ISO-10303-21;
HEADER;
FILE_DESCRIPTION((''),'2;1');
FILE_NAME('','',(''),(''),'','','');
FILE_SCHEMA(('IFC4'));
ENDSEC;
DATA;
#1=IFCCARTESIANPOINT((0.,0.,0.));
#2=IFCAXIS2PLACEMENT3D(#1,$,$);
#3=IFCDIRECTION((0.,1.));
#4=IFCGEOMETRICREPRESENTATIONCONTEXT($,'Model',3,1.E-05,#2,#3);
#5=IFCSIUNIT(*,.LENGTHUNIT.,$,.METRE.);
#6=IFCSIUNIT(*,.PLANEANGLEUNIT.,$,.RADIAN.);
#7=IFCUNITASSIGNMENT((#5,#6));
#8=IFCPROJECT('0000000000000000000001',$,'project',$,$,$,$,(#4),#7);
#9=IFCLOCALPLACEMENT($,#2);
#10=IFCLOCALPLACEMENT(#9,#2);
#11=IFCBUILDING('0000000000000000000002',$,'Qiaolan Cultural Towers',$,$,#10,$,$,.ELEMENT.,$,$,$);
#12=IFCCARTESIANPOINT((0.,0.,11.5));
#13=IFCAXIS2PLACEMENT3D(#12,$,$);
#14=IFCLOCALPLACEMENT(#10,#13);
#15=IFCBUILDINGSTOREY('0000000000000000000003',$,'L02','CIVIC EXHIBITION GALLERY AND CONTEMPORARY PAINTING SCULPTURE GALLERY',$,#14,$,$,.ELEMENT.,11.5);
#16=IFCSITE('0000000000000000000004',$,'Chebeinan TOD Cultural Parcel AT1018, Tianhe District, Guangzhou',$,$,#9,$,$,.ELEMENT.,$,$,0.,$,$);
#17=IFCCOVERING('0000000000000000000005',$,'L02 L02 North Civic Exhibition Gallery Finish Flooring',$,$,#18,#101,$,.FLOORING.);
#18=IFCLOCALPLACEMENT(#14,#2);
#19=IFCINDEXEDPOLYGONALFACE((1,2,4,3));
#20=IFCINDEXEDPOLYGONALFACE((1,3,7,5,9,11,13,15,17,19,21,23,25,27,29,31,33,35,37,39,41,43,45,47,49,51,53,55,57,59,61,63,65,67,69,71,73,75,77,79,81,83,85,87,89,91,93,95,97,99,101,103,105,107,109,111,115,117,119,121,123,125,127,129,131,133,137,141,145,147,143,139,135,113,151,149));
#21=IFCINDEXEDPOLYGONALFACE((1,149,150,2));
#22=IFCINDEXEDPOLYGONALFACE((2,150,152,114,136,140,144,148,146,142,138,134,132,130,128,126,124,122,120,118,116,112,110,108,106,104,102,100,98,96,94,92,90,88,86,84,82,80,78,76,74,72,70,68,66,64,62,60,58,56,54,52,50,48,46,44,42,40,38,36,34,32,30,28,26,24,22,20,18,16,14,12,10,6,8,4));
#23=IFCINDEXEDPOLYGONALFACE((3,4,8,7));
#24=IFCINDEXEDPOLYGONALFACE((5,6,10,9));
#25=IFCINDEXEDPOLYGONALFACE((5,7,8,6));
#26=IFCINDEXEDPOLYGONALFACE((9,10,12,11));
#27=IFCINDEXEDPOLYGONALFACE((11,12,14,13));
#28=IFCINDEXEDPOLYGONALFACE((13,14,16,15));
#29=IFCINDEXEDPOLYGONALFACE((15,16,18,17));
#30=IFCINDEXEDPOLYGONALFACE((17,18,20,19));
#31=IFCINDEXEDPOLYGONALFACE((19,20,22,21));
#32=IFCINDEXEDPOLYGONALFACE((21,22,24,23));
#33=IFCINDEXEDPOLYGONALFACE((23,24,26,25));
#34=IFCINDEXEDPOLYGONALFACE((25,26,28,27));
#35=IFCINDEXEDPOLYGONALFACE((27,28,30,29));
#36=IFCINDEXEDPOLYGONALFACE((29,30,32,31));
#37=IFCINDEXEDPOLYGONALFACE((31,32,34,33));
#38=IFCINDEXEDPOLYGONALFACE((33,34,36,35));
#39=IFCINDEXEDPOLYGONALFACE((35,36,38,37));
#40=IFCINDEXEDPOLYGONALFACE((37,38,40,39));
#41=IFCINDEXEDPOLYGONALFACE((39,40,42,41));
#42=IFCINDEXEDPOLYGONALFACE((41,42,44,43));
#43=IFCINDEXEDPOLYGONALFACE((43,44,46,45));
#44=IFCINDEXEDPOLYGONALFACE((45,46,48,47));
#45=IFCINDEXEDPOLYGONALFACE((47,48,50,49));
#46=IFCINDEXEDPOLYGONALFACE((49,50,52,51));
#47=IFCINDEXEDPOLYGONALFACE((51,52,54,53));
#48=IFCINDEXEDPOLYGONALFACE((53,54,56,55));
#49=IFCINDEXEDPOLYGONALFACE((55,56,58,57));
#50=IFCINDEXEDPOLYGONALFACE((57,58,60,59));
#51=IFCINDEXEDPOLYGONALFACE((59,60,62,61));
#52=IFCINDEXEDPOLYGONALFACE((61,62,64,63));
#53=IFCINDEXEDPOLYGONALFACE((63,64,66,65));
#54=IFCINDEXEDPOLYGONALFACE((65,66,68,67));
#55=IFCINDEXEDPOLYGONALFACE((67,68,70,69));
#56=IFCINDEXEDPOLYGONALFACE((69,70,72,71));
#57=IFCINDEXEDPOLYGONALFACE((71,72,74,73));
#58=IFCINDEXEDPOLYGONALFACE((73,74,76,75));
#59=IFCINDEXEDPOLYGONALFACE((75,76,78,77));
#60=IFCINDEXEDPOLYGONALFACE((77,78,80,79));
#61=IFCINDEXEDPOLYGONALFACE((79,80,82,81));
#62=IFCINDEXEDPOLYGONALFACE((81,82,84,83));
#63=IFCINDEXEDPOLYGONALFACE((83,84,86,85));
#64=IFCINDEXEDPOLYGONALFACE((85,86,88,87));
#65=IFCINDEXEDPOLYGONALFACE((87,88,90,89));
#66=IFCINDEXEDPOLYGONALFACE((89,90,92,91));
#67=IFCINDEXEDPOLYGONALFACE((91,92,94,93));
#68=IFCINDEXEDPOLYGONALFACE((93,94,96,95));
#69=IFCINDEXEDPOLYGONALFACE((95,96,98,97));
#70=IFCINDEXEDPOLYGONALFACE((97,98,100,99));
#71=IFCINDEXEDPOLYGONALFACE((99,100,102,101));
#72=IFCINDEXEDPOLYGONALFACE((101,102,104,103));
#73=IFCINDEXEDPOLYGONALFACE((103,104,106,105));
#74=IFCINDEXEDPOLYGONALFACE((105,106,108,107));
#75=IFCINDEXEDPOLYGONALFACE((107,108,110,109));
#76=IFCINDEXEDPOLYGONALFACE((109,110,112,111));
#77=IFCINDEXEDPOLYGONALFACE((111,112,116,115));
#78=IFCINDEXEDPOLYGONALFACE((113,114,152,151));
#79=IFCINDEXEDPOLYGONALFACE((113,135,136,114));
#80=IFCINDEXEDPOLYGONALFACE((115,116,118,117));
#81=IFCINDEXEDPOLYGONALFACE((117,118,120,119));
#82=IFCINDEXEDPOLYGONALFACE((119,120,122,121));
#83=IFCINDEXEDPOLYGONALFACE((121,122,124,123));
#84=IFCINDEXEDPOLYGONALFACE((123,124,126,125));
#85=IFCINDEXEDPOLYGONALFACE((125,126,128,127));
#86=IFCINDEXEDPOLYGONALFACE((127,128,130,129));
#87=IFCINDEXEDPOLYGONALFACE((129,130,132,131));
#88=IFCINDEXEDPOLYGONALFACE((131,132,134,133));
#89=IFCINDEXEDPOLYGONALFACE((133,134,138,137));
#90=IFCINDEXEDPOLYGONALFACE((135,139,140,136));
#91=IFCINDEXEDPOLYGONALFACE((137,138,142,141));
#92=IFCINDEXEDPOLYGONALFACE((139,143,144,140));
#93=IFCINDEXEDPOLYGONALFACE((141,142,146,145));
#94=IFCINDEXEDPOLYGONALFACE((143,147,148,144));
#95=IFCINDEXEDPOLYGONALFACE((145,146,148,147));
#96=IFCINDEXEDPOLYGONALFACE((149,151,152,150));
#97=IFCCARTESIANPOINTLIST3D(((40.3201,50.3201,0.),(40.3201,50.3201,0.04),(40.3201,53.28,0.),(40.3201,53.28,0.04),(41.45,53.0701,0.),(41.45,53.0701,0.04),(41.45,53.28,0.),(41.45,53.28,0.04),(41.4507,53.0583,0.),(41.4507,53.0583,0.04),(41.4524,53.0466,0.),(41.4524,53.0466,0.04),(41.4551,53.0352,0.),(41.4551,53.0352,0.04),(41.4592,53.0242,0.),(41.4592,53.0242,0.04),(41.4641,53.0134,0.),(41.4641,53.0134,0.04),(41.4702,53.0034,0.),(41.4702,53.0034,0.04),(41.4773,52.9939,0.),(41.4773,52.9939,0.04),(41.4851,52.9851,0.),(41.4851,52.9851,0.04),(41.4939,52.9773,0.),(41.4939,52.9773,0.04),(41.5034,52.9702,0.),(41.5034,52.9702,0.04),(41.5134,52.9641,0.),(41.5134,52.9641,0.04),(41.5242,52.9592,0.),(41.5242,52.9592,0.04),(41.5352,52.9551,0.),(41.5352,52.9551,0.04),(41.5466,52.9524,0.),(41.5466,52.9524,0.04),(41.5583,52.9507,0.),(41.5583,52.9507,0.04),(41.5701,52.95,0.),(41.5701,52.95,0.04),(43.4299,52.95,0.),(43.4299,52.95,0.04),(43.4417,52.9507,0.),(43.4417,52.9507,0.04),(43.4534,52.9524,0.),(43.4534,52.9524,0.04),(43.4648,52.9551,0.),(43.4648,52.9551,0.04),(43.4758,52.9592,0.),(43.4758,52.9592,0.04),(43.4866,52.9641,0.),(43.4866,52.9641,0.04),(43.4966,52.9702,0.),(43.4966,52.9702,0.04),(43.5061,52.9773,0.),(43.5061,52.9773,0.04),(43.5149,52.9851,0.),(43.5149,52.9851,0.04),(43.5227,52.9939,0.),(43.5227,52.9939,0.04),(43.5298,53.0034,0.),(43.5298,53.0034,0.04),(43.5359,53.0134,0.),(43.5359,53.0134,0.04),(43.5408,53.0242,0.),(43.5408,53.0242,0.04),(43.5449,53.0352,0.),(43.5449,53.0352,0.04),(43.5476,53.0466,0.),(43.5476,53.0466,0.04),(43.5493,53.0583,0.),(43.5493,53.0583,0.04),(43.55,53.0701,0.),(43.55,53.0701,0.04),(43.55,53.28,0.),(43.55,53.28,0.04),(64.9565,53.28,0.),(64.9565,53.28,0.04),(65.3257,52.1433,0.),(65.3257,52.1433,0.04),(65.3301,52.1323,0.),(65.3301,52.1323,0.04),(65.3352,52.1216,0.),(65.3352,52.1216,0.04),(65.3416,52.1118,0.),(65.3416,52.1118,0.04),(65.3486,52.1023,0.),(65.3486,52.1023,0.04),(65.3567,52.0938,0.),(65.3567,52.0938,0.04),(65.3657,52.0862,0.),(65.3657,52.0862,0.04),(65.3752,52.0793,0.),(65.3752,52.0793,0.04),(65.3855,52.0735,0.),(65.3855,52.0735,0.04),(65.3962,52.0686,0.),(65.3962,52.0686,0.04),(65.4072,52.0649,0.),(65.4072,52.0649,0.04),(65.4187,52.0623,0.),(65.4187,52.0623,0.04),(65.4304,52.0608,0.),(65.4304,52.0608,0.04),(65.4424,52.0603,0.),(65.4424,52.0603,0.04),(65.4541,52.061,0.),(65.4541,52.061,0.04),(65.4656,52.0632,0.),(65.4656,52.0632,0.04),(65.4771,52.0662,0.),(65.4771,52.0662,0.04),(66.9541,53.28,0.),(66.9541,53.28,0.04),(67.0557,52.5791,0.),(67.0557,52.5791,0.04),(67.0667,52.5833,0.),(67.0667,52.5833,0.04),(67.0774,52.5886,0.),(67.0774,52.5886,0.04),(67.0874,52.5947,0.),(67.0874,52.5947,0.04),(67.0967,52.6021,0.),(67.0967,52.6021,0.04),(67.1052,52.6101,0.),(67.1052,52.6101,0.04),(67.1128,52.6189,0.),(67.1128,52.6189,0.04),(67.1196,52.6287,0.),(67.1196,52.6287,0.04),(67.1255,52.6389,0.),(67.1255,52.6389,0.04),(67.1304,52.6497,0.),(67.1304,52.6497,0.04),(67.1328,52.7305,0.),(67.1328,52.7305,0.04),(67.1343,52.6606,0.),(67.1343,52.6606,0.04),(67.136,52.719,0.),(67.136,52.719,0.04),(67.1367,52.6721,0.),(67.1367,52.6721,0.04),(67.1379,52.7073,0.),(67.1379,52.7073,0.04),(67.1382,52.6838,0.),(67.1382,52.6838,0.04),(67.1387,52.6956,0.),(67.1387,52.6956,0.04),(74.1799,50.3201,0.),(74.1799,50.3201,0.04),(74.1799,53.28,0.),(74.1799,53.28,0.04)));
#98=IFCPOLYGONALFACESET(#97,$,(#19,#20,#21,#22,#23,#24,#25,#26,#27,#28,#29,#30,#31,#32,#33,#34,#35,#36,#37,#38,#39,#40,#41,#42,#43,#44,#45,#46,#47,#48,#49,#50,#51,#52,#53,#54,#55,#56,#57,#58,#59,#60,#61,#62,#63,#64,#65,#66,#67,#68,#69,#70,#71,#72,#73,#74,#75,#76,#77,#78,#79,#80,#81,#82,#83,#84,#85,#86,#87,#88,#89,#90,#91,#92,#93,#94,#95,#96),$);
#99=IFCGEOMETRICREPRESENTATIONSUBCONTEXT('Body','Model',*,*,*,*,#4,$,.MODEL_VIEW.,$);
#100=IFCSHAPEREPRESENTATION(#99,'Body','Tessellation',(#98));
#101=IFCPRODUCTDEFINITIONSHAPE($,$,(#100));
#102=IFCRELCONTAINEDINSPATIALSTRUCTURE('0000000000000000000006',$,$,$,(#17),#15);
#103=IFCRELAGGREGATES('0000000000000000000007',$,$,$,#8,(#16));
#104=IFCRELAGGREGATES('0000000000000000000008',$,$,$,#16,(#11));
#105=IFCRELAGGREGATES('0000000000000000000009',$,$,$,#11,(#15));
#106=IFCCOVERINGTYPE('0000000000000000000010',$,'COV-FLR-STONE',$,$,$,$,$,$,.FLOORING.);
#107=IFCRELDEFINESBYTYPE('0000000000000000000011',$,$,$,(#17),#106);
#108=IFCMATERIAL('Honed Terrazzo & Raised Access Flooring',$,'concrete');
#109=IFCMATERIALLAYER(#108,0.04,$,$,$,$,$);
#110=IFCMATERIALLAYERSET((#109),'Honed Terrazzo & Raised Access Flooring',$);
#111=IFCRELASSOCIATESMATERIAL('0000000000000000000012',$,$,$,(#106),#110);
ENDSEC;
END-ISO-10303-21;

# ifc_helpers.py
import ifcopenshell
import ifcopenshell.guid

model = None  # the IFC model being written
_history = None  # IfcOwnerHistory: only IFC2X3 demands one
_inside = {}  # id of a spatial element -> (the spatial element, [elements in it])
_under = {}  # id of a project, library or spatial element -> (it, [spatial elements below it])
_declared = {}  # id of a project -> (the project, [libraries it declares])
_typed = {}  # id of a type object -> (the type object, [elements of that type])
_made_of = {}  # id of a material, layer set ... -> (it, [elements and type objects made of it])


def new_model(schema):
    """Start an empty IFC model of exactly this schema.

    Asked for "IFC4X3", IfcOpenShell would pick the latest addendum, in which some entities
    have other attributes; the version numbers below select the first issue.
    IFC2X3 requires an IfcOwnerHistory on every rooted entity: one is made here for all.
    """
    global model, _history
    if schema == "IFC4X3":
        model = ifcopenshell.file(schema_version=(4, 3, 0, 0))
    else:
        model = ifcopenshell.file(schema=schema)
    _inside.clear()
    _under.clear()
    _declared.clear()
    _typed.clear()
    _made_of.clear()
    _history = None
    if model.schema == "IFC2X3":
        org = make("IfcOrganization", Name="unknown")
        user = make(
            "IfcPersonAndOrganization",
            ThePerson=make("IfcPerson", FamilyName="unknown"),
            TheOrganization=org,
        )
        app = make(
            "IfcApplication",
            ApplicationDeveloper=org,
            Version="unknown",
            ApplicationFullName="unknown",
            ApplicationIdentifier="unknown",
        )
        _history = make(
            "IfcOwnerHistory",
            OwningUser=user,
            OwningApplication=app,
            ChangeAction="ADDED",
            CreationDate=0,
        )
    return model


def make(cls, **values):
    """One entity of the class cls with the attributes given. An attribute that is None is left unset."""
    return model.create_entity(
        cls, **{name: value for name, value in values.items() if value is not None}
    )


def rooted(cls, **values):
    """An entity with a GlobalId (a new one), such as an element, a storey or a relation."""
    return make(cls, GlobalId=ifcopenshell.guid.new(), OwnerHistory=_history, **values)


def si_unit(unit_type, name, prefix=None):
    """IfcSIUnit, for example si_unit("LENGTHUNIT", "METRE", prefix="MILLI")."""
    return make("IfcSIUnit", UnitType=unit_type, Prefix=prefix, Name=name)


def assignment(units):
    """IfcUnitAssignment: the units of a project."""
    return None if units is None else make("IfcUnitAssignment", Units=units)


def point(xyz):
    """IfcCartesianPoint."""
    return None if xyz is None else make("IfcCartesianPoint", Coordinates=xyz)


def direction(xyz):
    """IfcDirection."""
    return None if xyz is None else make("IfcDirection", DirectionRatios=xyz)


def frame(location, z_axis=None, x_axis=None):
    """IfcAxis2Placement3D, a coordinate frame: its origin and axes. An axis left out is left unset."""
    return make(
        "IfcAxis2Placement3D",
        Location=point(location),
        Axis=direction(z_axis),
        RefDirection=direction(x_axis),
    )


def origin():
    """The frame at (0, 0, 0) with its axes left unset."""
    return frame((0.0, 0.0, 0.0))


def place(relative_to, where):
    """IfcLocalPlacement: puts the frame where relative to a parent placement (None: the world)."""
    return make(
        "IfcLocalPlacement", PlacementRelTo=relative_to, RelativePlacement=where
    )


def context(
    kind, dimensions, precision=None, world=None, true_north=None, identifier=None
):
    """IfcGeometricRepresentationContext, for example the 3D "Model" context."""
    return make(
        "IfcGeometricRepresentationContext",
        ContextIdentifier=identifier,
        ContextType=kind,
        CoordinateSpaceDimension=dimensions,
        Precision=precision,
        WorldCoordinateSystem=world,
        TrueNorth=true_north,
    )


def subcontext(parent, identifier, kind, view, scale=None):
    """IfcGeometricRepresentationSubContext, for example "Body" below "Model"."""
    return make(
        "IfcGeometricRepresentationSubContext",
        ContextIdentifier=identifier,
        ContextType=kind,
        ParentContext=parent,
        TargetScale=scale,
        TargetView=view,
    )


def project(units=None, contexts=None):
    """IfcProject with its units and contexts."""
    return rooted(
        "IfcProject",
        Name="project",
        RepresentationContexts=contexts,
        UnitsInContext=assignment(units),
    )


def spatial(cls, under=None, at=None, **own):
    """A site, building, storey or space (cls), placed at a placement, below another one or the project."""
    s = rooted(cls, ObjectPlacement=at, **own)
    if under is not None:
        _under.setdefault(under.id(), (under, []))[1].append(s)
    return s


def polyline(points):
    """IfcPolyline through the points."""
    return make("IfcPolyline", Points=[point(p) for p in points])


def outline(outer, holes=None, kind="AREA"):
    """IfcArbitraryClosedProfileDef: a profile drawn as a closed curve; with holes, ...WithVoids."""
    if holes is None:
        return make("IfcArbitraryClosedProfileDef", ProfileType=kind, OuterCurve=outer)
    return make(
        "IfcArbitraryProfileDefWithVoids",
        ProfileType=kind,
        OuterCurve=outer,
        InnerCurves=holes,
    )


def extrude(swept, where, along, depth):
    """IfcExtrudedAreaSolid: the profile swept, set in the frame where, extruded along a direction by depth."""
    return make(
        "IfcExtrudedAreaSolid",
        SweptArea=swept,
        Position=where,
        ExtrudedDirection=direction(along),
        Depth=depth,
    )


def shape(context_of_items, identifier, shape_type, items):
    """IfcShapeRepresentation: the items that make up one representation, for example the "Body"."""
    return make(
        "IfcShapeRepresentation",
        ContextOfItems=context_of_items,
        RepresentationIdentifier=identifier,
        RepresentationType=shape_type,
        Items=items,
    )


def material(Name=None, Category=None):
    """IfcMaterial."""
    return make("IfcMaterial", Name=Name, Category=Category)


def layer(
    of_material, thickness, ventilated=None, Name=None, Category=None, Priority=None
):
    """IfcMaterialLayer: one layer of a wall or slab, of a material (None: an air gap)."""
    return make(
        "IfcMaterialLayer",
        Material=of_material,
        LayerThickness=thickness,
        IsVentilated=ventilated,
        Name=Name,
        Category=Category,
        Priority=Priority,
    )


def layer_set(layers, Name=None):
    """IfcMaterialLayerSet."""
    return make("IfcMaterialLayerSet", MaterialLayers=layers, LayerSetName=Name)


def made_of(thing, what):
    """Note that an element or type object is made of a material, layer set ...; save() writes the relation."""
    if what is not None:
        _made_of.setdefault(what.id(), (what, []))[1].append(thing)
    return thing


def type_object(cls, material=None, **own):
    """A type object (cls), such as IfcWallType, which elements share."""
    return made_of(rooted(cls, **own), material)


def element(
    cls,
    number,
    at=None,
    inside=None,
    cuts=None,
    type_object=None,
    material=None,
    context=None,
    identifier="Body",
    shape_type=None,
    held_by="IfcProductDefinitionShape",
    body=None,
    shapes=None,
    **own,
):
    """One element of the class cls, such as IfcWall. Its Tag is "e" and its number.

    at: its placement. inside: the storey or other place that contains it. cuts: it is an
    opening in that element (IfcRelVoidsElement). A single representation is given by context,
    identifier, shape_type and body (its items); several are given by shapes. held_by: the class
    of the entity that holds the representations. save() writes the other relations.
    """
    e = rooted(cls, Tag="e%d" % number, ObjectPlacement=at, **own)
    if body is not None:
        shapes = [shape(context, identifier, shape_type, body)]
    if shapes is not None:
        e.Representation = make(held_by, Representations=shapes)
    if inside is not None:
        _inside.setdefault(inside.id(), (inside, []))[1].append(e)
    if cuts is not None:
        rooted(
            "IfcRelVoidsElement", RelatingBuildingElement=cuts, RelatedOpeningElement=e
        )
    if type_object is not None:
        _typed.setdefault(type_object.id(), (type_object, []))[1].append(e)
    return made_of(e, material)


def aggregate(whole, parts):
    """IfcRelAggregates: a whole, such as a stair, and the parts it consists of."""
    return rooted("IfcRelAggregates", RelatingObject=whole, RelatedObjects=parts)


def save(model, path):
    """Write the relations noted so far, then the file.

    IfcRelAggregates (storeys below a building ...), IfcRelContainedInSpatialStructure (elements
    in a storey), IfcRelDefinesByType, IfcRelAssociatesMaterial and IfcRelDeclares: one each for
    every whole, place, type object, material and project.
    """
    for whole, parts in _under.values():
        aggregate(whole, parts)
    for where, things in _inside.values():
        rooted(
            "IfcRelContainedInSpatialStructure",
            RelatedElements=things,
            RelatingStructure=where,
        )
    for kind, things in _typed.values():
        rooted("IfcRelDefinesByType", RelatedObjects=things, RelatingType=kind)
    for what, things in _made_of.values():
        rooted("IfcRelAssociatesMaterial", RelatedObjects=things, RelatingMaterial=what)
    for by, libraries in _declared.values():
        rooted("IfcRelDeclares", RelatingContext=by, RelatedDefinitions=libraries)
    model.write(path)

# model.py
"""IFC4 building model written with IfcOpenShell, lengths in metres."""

from ifc_helpers import new_model, si_unit, direction, frame, origin, place, context, subcontext, project, spatial, polyline, outline, extrude, material, layer, layer_set, type_object, element, save


model = new_model("IFC4")

# Units and contexts
model_context = context("Model", 3, precision=1e-05, world=origin(), true_north=direction((0.0, 1.0)))
body_context = subcontext(model_context, "Body", "Model", "MODEL_VIEW")
ifc_project = project(units=[si_unit("LENGTHUNIT", "METRE"), si_unit("PLANEANGLEUNIT", "RADIAN")], contexts=[model_context])

# Site, building, storey
site_placement = place(None, origin())
site = spatial("IfcSite", under=ifc_project, at=site_placement, Name="Chebeinan TOD Cultural Parcel AT1018, Tianhe District, Guangzhou", CompositionType="ELEMENT", RefElevation=0.0)
building_placement = place(site_placement, origin())
building = spatial("IfcBuilding", under=site, at=building_placement, Name="Qiaolan Cultural Towers", CompositionType="ELEMENT")
storey_placement = place(building_placement, frame((0.0, 0.0, 11.5)))
storey = spatial("IfcBuildingStorey", under=building, at=storey_placement, Name="L02", Description="CIVIC EXHIBITION GALLERY AND CONTEMPORARY PAINTING SCULPTURE GALLERY", CompositionType="ELEMENT", Elevation=11.5)

# Covering
ifc_material_1 = material(Name="Honed Terrazzo & Raised Access Flooring", Category="concrete")
ifc_layer_1 = layer(ifc_material_1, 0.04)
ifc_layer_set_1 = layer_set([ifc_layer_1], Name="Honed Terrazzo & Raised Access Flooring")
covering_type = type_object("IfcCoveringType", Name="COV-FLR-STONE", PredefinedType="FLOORING", material=ifc_layer_set_1)
covering_1_placement = place(storey_placement, origin())
element("IfcCovering", 1, at=covering_1_placement, inside=storey, type_object=covering_type, Name="L02 L02 North Civic Exhibition Gallery Finish Flooring", PredefinedType="FLOORING", context=body_context, shape_type="SweptSolid", body=[
    extrude(outline(polyline([(74.1799, 53.28), (66.9541, 53.28), (67.1328, 52.7305), (67.136, 52.719), (67.1379, 52.7073), (67.1387, 52.6956), (67.1382, 52.6838), (67.1367, 52.6721), (67.1343, 52.6606), (67.1304, 52.6497), (67.1255, 52.6389), (67.1196, 52.6287), (67.1128, 52.6189), (67.1052, 52.6101), (67.0967, 52.6021), (67.0874, 52.5947), (67.0774, 52.5886), (67.0667, 52.5833), (67.0557, 52.5791), (65.4771, 52.0662), (65.4656, 52.0632), (65.4541, 52.061), (65.4424, 52.0603), (65.4304, 52.0608), (65.4187, 52.0623), (65.4072, 52.0649), (65.3962, 52.0686), (65.3855, 52.0735), (65.3752, 52.0793), (65.3657, 52.0862), (65.3567, 52.0938), (65.3486, 52.1023), (65.3416, 52.1118), (65.3352, 52.1216), (65.3301, 52.1323), (65.3257, 52.1433), (64.9565, 53.28), (43.55, 53.28), (43.55, 53.0701), (43.5493, 53.0583), (43.5476, 53.0466), (43.5449, 53.0352), (43.5408, 53.0242), (43.5359, 53.0134), (43.5298, 53.0034), (43.5227, 52.9939), (43.5149, 52.9851), (43.5061, 52.9773), (43.4966, 52.9702), (43.4866, 52.9641), (43.4758, 52.9592), (43.4648, 52.9551), (43.4534, 52.9524), (43.4417, 52.9507), (43.4299, 52.95), (41.5701, 52.95), (41.5583, 52.9507), (41.5466, 52.9524), (41.5352, 52.9551), (41.5242, 52.9592), (41.5134, 52.9641), (41.5034, 52.9702), (41.4939, 52.9773), (41.4851, 52.9851), (41.4773, 52.9939), (41.4702, 53.0034), (41.4641, 53.0134), (41.4592, 53.0242), (41.4551, 53.0352), (41.4524, 53.0466), (41.4507, 53.0583), (41.45, 53.0701), (41.45, 53.28), (40.3201, 53.28), (40.3201, 50.3201), (74.1799, 50.3201), (74.1799, 53.28)])), origin(), (0.0, 0.0, 1.0), 0.04),
])

save(model, "model.ifc")
